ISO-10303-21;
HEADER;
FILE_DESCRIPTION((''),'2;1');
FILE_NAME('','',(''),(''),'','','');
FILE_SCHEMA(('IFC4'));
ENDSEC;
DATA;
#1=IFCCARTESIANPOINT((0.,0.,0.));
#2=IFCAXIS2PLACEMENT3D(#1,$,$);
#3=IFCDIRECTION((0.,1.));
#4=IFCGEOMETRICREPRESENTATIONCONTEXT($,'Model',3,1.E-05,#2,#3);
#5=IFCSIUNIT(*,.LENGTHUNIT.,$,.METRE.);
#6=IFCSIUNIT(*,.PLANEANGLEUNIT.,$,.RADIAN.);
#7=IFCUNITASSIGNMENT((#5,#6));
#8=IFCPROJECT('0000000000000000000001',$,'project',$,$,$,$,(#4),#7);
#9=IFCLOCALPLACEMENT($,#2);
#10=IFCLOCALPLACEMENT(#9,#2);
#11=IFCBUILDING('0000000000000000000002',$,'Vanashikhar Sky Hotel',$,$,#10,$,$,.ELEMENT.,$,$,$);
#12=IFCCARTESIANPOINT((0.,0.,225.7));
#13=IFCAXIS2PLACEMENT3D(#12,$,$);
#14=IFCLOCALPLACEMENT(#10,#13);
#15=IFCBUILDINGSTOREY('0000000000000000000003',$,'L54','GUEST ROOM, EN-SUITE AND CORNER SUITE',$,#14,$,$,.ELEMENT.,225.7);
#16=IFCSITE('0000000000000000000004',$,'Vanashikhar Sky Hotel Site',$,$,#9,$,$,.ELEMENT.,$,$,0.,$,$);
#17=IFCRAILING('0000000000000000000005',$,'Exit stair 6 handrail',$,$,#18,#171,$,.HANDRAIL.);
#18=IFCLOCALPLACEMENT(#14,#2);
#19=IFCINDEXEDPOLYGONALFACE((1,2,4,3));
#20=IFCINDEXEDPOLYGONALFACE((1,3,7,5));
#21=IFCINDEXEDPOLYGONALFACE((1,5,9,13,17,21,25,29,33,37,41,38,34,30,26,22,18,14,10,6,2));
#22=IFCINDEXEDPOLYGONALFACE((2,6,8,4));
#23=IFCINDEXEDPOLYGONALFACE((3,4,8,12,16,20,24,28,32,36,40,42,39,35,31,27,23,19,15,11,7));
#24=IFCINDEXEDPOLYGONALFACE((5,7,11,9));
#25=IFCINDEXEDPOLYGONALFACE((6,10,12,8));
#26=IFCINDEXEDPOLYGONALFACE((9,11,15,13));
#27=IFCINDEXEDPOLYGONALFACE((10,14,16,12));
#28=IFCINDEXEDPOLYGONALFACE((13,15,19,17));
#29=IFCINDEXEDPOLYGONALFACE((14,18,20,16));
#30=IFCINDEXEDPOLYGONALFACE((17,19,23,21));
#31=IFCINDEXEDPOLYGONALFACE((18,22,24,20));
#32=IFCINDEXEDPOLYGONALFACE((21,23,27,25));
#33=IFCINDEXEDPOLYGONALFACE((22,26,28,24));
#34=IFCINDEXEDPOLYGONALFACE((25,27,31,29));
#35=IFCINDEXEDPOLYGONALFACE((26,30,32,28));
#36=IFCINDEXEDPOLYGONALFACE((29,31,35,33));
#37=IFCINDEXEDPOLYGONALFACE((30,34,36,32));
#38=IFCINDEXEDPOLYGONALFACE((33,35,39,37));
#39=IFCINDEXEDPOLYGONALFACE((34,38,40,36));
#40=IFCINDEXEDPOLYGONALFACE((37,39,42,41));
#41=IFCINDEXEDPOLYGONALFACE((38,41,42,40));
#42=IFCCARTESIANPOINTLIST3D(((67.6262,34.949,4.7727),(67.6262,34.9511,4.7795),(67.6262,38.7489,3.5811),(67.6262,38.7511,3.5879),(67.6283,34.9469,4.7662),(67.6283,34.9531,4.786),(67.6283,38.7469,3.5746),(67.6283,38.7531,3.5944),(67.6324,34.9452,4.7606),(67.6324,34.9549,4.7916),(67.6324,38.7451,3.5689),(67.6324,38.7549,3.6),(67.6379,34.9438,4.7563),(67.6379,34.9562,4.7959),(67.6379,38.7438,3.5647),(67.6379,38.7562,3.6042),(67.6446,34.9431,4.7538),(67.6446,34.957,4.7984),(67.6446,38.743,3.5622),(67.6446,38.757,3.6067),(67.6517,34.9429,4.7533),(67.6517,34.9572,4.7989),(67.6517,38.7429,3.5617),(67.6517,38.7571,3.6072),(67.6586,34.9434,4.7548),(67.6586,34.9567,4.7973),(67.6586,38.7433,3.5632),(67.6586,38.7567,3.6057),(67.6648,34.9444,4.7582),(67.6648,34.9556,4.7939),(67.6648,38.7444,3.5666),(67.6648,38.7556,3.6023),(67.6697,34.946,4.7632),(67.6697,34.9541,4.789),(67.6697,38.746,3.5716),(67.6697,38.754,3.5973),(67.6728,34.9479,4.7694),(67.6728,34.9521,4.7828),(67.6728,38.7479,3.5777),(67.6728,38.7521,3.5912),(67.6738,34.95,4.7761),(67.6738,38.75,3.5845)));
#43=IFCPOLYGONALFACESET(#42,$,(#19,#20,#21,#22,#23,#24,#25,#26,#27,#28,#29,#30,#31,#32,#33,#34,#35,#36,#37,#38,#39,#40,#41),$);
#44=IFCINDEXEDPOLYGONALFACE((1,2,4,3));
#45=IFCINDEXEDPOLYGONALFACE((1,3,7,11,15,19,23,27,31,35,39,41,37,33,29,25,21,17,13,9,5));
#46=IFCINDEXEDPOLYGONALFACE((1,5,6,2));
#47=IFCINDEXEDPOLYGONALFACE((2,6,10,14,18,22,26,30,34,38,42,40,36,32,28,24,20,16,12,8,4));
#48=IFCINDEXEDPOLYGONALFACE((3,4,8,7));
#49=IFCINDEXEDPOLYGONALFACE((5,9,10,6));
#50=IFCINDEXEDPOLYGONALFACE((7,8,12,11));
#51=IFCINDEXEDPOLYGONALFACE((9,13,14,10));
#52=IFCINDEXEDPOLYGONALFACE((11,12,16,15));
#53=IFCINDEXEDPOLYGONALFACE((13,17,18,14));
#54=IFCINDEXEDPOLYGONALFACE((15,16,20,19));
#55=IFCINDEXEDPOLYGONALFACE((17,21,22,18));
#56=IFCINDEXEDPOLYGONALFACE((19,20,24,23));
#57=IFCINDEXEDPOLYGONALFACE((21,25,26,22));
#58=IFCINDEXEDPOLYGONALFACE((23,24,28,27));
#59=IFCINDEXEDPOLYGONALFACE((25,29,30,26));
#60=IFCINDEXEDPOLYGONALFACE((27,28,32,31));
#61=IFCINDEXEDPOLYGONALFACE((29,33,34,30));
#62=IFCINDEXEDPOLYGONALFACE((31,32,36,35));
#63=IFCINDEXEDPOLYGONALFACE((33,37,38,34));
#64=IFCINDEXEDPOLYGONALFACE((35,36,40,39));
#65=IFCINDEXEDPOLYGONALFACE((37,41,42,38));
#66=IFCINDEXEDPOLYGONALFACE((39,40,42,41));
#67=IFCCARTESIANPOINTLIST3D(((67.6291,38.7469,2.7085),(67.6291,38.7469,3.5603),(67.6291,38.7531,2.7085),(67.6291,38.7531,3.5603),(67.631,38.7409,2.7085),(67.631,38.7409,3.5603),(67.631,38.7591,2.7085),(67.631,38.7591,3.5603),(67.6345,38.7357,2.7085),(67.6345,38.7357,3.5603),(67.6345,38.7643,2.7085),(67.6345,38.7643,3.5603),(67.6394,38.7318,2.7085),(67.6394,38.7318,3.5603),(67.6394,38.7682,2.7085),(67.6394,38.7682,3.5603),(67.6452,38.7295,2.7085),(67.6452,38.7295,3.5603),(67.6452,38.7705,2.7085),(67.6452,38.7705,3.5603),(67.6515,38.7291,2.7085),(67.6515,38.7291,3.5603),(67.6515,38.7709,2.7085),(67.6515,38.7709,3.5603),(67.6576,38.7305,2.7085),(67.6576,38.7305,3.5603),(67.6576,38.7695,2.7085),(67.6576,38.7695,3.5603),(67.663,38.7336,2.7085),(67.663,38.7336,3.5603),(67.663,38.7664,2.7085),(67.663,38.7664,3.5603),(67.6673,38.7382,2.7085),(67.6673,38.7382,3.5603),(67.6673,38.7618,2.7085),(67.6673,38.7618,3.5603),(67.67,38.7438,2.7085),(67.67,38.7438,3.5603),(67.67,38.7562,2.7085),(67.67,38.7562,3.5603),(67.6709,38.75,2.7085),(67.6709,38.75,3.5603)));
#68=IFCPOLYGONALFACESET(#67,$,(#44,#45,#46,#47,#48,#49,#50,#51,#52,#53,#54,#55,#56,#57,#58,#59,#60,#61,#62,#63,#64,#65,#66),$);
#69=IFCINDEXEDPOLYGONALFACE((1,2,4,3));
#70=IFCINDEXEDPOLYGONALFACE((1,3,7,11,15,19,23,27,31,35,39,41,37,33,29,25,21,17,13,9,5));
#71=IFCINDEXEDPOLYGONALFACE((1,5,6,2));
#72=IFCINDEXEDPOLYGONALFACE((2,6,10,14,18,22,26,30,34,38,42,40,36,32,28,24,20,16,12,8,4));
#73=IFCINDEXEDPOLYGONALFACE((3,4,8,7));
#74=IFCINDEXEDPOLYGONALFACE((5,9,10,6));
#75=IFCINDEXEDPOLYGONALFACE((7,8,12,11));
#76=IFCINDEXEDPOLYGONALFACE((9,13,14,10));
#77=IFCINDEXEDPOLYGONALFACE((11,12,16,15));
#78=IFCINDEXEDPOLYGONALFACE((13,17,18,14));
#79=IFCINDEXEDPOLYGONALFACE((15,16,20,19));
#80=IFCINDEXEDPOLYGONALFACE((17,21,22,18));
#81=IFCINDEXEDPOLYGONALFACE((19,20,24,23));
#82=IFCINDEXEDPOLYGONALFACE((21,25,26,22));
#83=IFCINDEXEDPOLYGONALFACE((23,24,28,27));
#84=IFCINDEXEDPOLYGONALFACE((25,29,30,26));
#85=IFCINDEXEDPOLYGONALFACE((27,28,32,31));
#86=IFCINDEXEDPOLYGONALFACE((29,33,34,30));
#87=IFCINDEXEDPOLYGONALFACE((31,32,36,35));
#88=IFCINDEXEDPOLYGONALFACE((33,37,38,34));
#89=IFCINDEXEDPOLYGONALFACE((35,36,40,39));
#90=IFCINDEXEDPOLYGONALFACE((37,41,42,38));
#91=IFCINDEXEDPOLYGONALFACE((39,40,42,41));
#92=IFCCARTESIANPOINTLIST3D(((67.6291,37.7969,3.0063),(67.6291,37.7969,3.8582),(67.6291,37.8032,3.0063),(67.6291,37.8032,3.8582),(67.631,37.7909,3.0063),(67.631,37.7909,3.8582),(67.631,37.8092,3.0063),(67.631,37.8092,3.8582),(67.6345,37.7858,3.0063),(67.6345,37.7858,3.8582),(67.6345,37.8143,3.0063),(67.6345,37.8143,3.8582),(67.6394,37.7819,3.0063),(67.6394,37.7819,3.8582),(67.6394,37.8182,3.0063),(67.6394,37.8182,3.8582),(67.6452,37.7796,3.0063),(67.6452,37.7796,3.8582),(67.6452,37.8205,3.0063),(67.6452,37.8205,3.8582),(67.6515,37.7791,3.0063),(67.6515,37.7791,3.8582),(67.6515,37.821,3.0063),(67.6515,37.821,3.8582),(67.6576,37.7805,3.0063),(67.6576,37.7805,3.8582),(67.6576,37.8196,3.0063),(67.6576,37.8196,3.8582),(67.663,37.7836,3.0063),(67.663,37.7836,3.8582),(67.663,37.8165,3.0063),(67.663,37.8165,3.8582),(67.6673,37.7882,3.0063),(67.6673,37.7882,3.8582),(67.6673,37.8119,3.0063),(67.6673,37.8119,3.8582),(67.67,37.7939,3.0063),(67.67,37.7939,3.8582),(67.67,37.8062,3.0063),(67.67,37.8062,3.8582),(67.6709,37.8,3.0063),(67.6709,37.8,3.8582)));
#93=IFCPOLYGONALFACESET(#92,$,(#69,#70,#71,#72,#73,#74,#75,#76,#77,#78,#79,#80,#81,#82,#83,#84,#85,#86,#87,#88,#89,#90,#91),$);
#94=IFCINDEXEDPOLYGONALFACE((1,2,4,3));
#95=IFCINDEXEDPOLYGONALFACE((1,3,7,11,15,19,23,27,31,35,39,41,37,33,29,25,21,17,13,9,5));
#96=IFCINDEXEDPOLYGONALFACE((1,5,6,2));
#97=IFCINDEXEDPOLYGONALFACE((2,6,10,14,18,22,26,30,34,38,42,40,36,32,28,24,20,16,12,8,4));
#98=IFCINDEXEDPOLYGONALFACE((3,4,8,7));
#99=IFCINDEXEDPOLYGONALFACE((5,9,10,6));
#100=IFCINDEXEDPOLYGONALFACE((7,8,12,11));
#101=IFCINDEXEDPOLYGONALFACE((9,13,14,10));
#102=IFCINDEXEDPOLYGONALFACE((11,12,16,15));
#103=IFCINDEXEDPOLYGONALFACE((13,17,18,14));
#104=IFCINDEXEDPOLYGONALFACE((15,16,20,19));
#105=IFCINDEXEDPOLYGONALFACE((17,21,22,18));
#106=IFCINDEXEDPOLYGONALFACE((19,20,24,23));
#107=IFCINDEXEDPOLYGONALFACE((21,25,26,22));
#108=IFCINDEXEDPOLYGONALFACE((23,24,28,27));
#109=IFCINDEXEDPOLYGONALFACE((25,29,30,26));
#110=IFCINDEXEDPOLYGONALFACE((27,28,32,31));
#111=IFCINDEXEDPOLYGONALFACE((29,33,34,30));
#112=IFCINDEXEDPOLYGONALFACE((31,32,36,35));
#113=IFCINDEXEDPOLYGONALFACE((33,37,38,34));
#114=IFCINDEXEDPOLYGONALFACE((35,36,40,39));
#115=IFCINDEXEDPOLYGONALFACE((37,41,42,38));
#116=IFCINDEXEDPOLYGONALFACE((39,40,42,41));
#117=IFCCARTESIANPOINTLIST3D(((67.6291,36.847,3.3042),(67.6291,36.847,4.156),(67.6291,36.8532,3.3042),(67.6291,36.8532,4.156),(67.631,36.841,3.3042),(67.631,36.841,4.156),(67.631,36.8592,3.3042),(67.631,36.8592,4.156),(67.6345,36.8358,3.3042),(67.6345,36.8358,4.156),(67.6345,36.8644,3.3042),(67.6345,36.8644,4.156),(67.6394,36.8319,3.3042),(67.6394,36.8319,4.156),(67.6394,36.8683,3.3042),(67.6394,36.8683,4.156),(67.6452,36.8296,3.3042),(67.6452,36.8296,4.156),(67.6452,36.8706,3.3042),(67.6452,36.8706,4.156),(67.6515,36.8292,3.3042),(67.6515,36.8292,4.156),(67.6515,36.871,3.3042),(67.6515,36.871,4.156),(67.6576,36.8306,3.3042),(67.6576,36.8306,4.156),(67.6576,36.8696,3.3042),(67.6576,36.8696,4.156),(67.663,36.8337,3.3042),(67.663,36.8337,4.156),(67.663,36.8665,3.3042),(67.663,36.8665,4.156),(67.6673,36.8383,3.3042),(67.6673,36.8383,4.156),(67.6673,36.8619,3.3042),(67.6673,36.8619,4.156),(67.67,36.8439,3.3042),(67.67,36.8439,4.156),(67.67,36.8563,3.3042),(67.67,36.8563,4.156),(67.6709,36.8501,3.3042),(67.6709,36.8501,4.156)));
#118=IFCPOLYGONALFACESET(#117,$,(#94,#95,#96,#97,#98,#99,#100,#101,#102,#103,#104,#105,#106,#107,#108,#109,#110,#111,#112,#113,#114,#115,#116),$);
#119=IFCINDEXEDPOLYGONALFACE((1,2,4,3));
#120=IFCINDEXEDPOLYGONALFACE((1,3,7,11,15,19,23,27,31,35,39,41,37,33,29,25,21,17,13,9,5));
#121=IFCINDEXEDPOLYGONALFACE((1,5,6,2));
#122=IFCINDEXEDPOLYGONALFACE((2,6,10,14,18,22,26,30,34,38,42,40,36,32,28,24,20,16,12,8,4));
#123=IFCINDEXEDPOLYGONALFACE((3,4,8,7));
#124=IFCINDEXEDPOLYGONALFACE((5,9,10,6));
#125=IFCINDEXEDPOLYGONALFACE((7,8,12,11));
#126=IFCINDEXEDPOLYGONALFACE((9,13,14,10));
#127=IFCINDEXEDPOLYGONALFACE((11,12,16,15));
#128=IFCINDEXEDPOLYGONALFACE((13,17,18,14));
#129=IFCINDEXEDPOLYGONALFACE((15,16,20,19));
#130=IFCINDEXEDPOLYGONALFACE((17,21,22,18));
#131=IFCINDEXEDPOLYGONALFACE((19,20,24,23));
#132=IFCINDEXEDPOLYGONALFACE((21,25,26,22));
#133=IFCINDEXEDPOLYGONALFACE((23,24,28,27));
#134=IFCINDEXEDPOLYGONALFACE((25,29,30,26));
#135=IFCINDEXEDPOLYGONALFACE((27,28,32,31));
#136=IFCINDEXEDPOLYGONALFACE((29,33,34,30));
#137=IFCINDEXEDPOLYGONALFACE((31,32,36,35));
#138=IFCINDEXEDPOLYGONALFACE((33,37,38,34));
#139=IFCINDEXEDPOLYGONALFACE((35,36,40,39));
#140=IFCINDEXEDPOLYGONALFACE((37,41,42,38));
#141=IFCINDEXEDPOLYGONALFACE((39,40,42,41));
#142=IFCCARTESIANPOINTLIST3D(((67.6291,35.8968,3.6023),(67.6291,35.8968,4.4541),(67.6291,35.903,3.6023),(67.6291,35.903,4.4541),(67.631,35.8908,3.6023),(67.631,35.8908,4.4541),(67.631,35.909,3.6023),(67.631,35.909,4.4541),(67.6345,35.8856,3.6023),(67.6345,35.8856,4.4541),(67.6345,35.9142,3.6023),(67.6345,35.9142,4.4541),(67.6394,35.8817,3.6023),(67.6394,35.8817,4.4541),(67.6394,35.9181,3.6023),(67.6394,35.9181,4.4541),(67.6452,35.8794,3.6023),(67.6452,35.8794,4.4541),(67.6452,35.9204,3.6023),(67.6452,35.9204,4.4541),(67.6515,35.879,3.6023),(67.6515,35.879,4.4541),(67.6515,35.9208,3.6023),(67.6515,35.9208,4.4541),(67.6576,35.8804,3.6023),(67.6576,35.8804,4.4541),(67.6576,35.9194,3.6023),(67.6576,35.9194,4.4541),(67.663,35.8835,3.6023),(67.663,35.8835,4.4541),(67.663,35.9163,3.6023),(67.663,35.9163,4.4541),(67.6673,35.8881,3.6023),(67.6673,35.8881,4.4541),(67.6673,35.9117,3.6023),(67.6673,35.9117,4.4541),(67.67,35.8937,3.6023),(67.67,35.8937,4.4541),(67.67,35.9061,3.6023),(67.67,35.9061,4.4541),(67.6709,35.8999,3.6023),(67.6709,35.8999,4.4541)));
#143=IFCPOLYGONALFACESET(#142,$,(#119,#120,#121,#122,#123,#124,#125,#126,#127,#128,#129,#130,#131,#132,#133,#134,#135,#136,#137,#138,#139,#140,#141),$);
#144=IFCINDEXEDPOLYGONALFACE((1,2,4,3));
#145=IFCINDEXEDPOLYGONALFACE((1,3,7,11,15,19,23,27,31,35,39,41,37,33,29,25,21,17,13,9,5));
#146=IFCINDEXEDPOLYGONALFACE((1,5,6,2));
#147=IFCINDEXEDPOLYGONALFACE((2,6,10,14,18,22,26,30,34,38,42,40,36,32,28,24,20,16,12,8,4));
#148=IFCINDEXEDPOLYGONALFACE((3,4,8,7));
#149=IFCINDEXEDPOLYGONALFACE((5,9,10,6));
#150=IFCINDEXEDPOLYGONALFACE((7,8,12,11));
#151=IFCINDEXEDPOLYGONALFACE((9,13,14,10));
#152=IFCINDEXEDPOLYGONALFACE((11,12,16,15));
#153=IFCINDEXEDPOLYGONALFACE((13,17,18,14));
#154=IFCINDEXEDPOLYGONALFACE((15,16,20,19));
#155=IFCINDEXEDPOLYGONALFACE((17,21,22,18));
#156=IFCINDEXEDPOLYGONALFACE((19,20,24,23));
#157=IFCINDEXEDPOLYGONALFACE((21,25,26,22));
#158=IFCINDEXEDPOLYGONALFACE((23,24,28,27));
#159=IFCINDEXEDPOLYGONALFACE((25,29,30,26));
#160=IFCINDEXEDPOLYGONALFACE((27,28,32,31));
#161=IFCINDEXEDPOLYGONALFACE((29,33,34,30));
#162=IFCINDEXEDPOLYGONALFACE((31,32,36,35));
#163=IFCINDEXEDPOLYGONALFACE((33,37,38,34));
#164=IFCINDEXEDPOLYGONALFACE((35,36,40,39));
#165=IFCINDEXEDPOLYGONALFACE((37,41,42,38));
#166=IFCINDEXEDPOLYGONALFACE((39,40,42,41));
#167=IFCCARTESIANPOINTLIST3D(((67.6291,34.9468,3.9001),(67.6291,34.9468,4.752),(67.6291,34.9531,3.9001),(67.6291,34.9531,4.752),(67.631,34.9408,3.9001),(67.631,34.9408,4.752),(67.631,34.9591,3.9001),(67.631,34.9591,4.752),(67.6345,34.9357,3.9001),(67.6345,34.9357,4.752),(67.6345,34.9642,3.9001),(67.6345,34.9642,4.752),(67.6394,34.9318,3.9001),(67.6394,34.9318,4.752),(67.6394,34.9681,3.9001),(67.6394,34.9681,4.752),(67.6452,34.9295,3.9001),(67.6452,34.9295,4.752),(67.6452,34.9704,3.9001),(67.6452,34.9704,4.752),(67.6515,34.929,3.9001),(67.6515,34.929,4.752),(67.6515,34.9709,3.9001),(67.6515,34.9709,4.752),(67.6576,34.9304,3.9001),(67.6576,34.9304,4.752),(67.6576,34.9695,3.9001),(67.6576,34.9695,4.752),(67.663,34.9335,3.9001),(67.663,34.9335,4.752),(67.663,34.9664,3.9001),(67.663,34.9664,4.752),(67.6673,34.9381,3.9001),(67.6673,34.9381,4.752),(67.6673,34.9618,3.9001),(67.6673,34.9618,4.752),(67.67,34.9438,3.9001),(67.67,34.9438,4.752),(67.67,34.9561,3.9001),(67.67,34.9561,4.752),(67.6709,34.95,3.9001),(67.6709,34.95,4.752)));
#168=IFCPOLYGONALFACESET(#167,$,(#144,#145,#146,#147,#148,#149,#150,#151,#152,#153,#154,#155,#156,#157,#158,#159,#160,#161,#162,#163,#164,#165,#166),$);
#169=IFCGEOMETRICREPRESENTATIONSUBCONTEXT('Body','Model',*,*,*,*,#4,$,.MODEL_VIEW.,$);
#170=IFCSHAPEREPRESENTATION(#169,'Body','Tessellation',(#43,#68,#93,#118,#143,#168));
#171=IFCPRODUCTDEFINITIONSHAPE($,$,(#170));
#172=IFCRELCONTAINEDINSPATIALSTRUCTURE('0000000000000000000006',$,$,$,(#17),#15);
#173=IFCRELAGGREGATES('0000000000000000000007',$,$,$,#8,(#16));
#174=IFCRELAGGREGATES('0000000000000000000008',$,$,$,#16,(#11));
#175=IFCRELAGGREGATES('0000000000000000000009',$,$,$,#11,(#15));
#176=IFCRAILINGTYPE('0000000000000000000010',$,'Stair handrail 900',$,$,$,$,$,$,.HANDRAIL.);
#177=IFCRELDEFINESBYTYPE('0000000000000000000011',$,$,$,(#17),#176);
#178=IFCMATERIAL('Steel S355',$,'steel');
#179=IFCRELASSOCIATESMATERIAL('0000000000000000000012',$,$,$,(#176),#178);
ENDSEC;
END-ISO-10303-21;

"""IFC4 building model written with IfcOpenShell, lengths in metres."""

from ifc_helpers import new_model, si_unit, direction, frame, origin, origin_2d, place, context, subcontext, project, spatial, circle, extrude, source, transform, mapped, material, type_object, element, save


model = new_model("IFC4")

# Units and contexts
model_context = context("Model", 3, precision=1e-05, world=origin(), true_north=direction((0.0, 1.0)))
body_context = subcontext(model_context, "Body", "Model", "MODEL_VIEW")
ifc_project = project(units=[si_unit("LENGTHUNIT", "METRE"), si_unit("PLANEANGLEUNIT", "RADIAN")], contexts=[model_context])

# Site, building, storey
site_placement = place(None, origin())
site = spatial("IfcSite", under=ifc_project, at=site_placement, Name="Vanashikhar Sky Hotel Site", CompositionType="ELEMENT", RefElevation=0.0)
building_placement = place(site_placement, origin())
building = spatial("IfcBuilding", under=site, at=building_placement, Name="Vanashikhar Sky Hotel", CompositionType="ELEMENT")
storey_placement = place(building_placement, frame((0.0, 0.0, 225.7)))
storey = spatial("IfcBuildingStorey", under=building, at=storey_placement, Name="L54", Description="GUEST ROOM, EN-SUITE AND CORNER SUITE", CompositionType="ELEMENT", Elevation=225.7)

# Railing
ifc_material_1 = material(Name="Steel S355", Category="steel")
railing_type_1 = type_object("IfcRailingType", Name="Stair handrail 900", PredefinedType="HANDRAIL", material=ifc_material_1)
shared_shape_1 = source(origin(), body_context, "Body", "SweptSolid", [
    extrude(circle(Radius=0.0239, at=origin_2d()), frame((0.0, 0.0, 0.876), z_axis=(0.0, -0.954184, 0.299221), x_axis=(1.0, 0.0, 0.0)), (0.0, 0.0, 1.0), 3.9824),
    extrude(circle(Radius=0.021, at=origin_2d()), origin(), (0.0, 0.0, 1.0), 0.8518),
    extrude(circle(Radius=0.021, at=origin_2d()), frame((0.0, -0.95, 0.2979)), (0.0, 0.0, 1.0), 0.8518),
    extrude(circle(Radius=0.021, at=origin_2d()), frame((0.0, -1.8999, 0.5957)), (0.0, 0.0, 1.0), 0.8518),
    extrude(circle(Radius=0.021, at=origin_2d()), frame((0.0, -2.8501, 0.8938)), (0.0, 0.0, 1.0), 0.8518),
    extrude(circle(Radius=0.021, at=origin_2d()), frame((0.0, -3.8, 1.1917)), (0.0, 0.0, 1.0), 0.8518),
])
for number, where, name in (
    (1, (67.6499, 38.75, 2.7085), "Exit stair 6 handrail"),
):
    element("IfcRailing", number, at=place(storey_placement, frame(where)), inside=storey, type_object=railing_type_1, Name=name, PredefinedType="HANDRAIL", context=body_context, shape_type="MappedRepresentation", body=[
        mapped(shared_shape_1, transform((0.0, 0.0, 0.0), scale=1.0)),
    ])

save(model, "model.ifc")
